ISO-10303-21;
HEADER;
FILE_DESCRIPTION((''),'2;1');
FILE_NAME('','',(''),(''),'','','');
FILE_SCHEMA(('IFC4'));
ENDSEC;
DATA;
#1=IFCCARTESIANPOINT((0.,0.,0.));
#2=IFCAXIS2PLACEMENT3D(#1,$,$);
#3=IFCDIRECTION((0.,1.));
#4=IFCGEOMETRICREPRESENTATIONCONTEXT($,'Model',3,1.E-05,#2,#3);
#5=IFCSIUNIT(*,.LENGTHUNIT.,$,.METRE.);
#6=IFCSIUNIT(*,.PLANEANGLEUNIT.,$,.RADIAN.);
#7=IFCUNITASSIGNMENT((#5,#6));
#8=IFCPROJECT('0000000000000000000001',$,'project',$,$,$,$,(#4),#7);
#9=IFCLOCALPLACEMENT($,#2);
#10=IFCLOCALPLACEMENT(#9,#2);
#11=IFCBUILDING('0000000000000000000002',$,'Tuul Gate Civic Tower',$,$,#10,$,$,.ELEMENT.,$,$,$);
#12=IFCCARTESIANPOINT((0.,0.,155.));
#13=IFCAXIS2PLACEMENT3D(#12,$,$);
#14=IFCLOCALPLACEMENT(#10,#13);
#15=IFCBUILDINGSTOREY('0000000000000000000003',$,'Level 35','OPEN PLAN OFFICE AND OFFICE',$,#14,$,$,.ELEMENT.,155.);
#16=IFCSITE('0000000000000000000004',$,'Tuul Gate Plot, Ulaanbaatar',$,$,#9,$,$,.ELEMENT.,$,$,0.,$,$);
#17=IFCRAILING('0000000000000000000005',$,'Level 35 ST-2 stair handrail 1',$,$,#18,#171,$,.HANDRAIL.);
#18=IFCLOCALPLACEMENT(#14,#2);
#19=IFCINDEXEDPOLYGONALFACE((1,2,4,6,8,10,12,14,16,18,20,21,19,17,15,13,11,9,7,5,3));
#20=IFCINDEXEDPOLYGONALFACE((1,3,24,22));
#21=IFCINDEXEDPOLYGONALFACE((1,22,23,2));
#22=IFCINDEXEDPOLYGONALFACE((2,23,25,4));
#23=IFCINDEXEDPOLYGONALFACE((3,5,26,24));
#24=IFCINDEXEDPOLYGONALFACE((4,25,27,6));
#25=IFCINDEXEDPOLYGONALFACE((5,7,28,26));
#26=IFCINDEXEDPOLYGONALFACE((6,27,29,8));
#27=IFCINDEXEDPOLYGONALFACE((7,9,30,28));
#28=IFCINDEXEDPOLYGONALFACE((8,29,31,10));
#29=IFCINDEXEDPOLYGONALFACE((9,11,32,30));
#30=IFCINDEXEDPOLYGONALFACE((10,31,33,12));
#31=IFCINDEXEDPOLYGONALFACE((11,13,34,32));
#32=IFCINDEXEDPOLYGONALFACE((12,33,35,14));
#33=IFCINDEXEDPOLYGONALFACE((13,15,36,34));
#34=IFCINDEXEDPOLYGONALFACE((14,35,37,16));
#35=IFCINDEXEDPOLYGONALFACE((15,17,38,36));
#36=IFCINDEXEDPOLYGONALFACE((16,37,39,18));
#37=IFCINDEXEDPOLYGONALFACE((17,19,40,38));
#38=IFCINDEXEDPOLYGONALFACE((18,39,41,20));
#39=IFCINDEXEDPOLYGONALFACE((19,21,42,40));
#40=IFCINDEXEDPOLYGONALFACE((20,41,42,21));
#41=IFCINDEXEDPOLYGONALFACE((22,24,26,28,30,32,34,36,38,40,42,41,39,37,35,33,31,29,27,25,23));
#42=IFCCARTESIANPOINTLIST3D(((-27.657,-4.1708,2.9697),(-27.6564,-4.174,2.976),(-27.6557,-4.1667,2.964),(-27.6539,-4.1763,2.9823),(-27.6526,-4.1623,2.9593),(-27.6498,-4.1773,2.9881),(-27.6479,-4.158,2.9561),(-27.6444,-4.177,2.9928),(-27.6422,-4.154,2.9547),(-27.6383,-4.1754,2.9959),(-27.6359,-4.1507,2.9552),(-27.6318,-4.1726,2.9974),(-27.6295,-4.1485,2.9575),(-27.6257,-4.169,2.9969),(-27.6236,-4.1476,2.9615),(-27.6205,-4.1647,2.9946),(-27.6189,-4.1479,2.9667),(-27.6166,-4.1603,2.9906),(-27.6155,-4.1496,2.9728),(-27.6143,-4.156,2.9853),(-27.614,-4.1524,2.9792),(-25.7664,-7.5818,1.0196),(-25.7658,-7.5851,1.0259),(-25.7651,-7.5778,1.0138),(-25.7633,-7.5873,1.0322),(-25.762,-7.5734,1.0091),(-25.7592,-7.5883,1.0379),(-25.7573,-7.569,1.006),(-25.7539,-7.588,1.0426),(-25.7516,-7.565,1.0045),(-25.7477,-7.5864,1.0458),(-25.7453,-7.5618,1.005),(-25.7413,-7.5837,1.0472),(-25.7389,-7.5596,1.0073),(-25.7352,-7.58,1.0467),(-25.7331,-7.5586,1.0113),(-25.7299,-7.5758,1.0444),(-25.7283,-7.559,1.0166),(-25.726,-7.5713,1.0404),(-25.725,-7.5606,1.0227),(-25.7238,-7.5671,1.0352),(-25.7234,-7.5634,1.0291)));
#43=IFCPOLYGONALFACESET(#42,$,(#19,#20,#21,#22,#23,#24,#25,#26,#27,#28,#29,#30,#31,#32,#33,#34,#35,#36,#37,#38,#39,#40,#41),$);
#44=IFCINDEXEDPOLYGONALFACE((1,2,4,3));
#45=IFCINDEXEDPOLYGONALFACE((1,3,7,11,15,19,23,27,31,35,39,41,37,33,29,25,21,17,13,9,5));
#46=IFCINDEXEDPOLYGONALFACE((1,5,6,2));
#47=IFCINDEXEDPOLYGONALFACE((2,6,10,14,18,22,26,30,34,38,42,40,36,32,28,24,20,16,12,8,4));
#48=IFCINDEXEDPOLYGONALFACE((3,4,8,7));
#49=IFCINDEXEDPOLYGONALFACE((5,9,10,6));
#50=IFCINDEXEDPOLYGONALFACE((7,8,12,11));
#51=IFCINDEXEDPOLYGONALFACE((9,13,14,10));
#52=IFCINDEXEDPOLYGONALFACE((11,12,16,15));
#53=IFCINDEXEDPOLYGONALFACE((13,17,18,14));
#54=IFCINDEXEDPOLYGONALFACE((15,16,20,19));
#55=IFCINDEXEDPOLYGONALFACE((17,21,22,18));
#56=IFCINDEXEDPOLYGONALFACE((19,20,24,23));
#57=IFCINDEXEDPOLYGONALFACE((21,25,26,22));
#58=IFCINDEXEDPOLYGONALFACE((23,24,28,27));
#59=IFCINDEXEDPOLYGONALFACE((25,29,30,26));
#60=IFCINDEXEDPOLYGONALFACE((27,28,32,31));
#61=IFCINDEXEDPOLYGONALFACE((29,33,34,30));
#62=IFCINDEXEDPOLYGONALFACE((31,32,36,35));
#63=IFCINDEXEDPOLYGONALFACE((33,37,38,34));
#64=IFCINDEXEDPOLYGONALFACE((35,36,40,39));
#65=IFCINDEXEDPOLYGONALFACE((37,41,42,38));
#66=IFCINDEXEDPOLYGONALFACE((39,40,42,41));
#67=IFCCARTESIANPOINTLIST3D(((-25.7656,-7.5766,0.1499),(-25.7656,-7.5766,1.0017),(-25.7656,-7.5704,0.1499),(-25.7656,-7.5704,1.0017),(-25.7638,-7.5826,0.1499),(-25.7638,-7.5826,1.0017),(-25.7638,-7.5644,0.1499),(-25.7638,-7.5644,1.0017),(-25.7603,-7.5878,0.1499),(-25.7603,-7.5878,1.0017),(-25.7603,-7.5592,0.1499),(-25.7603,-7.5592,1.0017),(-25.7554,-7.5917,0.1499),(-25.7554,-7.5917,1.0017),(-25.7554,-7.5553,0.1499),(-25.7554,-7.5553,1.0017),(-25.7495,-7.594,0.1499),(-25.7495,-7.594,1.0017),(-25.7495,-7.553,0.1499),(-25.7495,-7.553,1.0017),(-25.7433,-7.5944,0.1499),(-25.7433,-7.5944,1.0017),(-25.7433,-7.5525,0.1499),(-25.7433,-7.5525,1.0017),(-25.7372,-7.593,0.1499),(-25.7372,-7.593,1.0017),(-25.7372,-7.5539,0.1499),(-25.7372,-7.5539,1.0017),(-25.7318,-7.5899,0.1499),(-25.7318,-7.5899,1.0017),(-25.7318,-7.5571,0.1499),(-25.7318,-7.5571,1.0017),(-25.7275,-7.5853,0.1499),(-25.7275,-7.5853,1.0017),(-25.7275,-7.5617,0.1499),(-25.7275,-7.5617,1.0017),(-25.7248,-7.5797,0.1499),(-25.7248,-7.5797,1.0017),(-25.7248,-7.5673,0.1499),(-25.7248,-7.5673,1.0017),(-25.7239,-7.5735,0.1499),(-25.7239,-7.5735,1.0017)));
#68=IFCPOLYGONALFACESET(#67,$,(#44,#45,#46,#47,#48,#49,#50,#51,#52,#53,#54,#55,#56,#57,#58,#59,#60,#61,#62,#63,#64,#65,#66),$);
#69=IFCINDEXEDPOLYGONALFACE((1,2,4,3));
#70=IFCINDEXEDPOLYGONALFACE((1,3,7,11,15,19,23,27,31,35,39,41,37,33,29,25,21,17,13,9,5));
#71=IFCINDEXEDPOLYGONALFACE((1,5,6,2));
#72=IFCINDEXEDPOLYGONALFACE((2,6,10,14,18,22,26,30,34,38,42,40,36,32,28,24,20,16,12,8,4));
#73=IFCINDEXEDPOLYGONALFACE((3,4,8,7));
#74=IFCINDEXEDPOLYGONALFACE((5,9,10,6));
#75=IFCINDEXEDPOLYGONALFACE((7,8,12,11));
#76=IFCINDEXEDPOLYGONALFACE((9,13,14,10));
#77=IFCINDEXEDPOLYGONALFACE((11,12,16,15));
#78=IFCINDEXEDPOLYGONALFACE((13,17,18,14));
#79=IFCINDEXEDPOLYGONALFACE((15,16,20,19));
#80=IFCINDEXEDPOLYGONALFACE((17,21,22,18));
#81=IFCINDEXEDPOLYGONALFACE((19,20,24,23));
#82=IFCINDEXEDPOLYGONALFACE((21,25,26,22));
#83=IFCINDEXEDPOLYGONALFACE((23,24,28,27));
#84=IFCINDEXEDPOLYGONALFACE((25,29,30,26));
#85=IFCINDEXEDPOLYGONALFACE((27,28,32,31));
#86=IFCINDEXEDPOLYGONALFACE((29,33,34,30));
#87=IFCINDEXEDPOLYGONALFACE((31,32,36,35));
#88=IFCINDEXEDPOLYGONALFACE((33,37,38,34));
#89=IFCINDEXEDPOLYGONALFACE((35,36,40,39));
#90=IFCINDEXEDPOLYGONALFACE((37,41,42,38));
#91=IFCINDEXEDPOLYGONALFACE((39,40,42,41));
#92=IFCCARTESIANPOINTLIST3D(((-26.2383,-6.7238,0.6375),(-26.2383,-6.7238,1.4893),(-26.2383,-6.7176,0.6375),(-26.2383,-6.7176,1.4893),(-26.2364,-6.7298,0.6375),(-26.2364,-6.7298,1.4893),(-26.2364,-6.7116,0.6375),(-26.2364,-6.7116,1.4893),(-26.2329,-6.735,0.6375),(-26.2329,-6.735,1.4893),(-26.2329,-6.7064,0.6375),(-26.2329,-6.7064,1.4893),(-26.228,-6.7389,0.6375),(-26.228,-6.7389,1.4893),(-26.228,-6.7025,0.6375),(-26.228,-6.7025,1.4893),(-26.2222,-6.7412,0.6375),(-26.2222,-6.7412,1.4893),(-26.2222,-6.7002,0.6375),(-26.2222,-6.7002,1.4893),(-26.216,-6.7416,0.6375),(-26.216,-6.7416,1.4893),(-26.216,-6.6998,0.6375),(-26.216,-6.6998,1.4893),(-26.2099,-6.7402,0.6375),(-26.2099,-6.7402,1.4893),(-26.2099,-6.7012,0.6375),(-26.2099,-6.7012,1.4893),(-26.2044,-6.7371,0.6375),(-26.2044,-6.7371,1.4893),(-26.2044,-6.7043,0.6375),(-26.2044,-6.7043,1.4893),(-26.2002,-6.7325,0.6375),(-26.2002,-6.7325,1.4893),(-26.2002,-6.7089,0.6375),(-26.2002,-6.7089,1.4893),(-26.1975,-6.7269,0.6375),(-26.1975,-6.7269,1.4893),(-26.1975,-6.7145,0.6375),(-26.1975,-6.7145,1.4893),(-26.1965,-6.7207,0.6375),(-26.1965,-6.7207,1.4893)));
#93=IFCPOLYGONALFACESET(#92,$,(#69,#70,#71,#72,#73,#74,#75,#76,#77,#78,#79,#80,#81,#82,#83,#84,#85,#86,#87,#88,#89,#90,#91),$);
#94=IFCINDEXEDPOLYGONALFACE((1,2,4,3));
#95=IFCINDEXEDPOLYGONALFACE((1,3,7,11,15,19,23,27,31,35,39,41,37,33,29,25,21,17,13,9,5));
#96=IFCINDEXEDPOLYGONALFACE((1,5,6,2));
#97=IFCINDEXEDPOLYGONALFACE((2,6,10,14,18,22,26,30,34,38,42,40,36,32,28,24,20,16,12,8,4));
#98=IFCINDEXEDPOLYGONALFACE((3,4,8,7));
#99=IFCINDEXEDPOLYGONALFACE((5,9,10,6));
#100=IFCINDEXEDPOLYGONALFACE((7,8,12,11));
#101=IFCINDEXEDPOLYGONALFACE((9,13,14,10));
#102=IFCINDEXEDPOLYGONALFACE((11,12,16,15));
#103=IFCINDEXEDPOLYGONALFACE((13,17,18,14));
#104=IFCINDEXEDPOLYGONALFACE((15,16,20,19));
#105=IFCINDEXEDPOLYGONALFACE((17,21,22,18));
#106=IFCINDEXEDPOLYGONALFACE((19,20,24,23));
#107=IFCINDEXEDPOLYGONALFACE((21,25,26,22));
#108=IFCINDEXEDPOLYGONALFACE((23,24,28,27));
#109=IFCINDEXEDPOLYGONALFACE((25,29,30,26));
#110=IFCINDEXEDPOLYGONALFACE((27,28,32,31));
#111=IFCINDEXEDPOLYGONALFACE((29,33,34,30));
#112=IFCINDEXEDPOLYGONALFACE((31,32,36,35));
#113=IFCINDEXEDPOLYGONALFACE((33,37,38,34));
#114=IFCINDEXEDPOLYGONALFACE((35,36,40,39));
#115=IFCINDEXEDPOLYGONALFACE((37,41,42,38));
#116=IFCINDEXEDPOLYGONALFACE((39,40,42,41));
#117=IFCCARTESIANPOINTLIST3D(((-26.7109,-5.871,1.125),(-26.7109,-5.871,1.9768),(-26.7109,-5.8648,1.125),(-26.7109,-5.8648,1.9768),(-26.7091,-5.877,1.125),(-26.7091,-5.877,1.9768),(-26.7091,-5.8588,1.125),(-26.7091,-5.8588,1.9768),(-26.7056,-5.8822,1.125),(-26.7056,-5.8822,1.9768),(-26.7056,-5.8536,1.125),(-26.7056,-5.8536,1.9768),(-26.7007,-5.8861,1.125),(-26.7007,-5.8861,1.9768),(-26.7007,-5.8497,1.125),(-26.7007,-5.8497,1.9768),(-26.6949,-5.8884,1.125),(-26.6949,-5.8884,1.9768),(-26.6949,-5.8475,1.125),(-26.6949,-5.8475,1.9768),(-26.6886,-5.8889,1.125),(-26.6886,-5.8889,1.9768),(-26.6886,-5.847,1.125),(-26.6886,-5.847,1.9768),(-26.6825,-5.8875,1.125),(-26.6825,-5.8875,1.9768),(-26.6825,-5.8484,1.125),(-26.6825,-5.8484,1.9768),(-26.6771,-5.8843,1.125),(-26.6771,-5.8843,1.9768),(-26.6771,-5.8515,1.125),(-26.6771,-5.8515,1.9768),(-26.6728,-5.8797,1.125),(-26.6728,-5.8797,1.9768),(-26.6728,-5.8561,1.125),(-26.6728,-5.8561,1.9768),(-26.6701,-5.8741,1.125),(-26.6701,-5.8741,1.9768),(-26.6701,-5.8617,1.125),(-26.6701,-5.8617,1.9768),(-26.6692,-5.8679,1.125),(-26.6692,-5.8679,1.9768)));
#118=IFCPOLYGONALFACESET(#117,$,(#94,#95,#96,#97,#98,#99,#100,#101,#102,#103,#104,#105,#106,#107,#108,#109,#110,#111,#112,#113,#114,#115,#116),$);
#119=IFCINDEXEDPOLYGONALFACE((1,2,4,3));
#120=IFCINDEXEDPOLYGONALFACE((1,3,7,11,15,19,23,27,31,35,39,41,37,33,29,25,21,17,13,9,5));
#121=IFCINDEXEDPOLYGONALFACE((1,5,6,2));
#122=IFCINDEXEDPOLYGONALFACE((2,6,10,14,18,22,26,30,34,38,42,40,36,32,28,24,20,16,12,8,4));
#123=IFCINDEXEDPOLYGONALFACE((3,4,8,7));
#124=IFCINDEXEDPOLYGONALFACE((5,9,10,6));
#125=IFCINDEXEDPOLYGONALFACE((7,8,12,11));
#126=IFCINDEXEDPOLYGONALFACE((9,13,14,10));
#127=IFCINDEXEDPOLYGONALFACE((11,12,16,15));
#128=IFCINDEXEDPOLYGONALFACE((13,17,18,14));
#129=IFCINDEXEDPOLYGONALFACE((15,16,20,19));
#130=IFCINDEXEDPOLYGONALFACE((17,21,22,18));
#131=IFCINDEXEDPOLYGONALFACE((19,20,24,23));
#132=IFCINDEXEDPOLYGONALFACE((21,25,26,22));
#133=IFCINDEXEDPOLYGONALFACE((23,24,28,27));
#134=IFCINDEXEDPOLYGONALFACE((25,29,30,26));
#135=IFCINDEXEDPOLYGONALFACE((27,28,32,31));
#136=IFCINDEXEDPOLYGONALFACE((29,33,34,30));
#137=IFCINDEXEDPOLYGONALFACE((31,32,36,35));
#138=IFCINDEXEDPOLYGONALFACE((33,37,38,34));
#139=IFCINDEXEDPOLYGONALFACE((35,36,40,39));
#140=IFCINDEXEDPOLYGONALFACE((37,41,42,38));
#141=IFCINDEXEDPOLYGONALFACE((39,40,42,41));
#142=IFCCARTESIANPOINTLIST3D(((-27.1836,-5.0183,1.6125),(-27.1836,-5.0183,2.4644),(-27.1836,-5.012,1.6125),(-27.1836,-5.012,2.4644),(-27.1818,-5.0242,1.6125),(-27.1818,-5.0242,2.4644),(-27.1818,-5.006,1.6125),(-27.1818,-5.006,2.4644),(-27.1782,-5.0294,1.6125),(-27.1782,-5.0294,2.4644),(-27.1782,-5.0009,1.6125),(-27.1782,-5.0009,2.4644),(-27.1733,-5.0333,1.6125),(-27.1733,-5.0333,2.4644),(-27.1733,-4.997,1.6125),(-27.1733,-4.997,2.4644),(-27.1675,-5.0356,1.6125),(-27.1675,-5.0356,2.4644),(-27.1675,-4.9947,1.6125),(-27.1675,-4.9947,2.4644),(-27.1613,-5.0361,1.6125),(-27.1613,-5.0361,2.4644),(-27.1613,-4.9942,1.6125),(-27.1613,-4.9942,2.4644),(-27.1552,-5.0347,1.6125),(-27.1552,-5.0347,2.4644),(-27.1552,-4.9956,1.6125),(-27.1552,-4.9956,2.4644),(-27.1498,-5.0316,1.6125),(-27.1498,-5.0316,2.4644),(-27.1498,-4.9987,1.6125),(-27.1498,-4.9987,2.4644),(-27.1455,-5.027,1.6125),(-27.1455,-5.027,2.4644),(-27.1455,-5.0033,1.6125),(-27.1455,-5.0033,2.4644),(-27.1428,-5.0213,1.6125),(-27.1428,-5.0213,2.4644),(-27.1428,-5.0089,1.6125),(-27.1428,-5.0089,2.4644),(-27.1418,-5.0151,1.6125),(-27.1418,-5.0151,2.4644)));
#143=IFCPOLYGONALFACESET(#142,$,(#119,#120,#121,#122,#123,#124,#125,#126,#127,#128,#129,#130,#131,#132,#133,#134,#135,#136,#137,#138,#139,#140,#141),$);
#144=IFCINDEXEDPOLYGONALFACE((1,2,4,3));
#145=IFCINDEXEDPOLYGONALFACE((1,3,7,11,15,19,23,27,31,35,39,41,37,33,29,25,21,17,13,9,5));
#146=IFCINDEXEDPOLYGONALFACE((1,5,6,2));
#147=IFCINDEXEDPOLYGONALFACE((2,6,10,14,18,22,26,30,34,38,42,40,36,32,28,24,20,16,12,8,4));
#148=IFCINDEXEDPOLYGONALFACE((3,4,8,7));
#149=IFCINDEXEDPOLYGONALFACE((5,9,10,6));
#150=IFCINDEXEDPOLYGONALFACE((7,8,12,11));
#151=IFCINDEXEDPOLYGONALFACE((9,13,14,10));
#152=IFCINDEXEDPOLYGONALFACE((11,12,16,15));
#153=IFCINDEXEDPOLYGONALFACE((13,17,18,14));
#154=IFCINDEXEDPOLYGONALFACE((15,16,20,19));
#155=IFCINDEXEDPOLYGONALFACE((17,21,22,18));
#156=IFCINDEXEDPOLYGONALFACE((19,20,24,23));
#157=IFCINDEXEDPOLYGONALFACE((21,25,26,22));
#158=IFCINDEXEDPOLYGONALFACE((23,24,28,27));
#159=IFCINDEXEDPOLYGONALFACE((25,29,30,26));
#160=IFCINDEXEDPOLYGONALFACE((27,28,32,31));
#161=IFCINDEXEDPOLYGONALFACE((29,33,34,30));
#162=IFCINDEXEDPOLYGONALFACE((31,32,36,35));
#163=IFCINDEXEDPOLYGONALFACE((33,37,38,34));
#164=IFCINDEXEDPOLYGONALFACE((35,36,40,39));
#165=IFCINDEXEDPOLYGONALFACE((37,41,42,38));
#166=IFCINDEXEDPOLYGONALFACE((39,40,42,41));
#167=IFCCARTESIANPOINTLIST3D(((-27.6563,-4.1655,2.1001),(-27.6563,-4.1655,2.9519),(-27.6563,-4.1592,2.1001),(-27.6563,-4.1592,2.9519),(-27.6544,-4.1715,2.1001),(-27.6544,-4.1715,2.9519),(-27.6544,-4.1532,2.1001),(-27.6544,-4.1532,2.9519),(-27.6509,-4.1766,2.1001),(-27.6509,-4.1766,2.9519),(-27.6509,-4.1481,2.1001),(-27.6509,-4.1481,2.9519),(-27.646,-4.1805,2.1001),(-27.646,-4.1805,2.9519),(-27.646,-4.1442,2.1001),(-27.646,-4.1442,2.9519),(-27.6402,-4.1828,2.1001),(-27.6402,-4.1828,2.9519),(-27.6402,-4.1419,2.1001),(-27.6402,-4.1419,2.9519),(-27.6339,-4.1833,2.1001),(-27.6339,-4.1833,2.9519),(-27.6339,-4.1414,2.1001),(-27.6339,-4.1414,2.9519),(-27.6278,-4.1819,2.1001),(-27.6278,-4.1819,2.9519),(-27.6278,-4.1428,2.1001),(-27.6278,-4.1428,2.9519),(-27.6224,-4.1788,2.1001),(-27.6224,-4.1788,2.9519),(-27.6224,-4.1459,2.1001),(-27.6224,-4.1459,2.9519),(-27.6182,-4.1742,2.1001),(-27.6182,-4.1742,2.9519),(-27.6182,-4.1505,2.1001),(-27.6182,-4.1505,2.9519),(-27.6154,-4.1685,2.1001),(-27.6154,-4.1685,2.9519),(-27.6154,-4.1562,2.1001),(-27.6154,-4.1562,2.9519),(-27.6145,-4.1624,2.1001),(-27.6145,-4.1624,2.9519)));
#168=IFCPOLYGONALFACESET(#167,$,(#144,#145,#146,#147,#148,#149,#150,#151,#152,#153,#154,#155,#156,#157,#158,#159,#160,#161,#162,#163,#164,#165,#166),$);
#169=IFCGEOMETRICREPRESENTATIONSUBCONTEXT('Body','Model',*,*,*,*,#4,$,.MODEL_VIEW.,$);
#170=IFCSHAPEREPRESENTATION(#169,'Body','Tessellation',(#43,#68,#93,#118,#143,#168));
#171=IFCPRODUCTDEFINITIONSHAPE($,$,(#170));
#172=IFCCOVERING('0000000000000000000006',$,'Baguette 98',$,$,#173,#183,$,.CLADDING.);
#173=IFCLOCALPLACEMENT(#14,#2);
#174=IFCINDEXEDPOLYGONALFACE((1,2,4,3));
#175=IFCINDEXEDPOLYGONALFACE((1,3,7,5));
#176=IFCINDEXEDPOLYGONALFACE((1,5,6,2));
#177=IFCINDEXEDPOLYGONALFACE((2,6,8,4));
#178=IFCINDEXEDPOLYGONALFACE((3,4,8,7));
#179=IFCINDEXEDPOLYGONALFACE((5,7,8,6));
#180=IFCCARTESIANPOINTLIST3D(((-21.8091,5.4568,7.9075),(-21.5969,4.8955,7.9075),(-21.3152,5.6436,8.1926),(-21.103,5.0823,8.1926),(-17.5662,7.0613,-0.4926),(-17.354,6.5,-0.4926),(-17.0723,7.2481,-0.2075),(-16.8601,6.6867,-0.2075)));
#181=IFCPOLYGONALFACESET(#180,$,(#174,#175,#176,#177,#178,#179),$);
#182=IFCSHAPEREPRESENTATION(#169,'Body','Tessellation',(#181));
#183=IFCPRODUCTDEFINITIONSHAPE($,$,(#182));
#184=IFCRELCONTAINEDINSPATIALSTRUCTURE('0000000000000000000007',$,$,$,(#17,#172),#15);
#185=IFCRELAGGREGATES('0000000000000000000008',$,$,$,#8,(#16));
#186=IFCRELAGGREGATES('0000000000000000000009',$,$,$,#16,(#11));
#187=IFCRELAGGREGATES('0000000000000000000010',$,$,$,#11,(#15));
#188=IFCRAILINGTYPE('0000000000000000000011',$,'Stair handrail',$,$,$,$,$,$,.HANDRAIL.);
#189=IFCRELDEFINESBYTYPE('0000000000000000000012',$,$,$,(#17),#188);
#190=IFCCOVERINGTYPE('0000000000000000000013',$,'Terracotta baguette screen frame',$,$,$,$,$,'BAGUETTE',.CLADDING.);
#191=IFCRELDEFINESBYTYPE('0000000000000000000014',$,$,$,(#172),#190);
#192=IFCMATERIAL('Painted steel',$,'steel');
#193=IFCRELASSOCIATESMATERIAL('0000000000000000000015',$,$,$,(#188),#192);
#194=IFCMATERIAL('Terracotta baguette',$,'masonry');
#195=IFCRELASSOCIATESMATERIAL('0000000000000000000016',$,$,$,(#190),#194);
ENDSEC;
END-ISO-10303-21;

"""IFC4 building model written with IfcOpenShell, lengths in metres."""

from ifc_helpers import new_model, si_unit, direction, frame, origin, origin_2d, place, context, subcontext, project, spatial, rectangle, circle, extrude, material, material_profile, profile_set, type_object, element, save


model = new_model("IFC4")

# Units and contexts
model_context = context("Model", 3, precision=1e-05, world=origin(), true_north=direction((0.0, 1.0)))
body_context = subcontext(model_context, "Body", "Model", "MODEL_VIEW")
ifc_project = project(units=[si_unit("LENGTHUNIT", "METRE"), si_unit("PLANEANGLEUNIT", "RADIAN")], contexts=[model_context])

# Site, building, storey
site_placement = place(None, origin())
site = spatial("IfcSite", under=ifc_project, at=site_placement, Name="Tuul Gate Plot, Ulaanbaatar", CompositionType="ELEMENT", RefElevation=0.0)
building_placement = place(site_placement, origin())
building = spatial("IfcBuilding", under=site, at=building_placement, Name="Tuul Gate Civic Tower", CompositionType="ELEMENT")
storey_placement = place(building_placement, frame((0.0, 0.0, 155.0)))
storey = spatial("IfcBuildingStorey", under=building, at=storey_placement, Name="Level 35", Description="OPEN PLAN OFFICE AND OFFICE", CompositionType="ELEMENT", Elevation=155.0)

# Railing
ifc_material_1 = material(Name="Painted steel", Category="steel")
railing_type = type_object("IfcRailingType", Name="Stair handrail", PredefinedType="HANDRAIL", material=ifc_material_1)
railing_placement = place(storey_placement, frame((-25.7449, -7.5735, 0.1499)))
element("IfcRailing", 1, at=railing_placement, inside=storey, type_object=railing_type, Name="Level 35 ST-2 stair handrail 1", PredefinedType="HANDRAIL", context=body_context, shape_type="SweptSolid", body=[
    extrude(circle(Radius=0.0239, at=origin_2d()), frame((0.0, 0.0, 0.876), z_axis=(-0.433585, 0.782289, 0.447246), x_axis=(-0.874641, -0.484771, 0.0)), (0.0, 0.0, 1.0), 4.3604),
    extrude(circle(Radius=0.021, at=origin_2d()), origin(), (0.0, 0.0, 1.0), 0.8518),
    extrude(circle(Radius=0.021, at=origin_2d()), frame((-0.4727, 0.8528, 0.4875)), (0.0, 0.0, 1.0), 0.8518),
    extrude(circle(Radius=0.021, at=origin_2d()), frame((-0.9453, 1.7056, 0.9751)), (0.0, 0.0, 1.0), 0.8518),
    extrude(circle(Radius=0.021, at=origin_2d()), frame((-1.418, 2.5583, 1.4626)), (0.0, 0.0, 1.0), 0.8518),
    extrude(circle(Radius=0.021, at=origin_2d()), frame((-1.8906, 3.4111, 1.9502)), (0.0, 0.0, 1.0), 0.8518),
])

# Covering
ifc_material_2 = material(Name="Terracotta baguette", Category="masonry")
ifc_material_profile_1 = material_profile(ifc_material_2, rectangle(XDim=0.6001, YDim=0.6001, at=origin_2d()), Name="Terracotta baguette screen frame")
ifc_profile_set_1 = profile_set([ifc_material_profile_1], Name="Terracotta baguette")
covering_type = type_object("IfcCoveringType", Name="Terracotta baguette screen frame", ElementType="BAGUETTE", PredefinedType="CLADDING", material=ifc_profile_set_1)
covering_placement = place(storey_placement, frame((-21.4561, 5.2695, 8.05), z_axis=(0.444439, 0.168068, -0.879902), x_axis=(-0.353711, 0.935355, 0.0)))
element("IfcCovering", 2, at=covering_placement, inside=storey, type_object=covering_type, Name="Baguette 98", PredefinedType="CLADDING", context=body_context, shape_type="SweptSolid", body=[
    extrude(rectangle(XDim=0.6001, YDim=0.6001, at=origin_2d()), origin(), (0.0, 0.0, 1.0), 9.5466),
])

save(model, "model.ifc")
